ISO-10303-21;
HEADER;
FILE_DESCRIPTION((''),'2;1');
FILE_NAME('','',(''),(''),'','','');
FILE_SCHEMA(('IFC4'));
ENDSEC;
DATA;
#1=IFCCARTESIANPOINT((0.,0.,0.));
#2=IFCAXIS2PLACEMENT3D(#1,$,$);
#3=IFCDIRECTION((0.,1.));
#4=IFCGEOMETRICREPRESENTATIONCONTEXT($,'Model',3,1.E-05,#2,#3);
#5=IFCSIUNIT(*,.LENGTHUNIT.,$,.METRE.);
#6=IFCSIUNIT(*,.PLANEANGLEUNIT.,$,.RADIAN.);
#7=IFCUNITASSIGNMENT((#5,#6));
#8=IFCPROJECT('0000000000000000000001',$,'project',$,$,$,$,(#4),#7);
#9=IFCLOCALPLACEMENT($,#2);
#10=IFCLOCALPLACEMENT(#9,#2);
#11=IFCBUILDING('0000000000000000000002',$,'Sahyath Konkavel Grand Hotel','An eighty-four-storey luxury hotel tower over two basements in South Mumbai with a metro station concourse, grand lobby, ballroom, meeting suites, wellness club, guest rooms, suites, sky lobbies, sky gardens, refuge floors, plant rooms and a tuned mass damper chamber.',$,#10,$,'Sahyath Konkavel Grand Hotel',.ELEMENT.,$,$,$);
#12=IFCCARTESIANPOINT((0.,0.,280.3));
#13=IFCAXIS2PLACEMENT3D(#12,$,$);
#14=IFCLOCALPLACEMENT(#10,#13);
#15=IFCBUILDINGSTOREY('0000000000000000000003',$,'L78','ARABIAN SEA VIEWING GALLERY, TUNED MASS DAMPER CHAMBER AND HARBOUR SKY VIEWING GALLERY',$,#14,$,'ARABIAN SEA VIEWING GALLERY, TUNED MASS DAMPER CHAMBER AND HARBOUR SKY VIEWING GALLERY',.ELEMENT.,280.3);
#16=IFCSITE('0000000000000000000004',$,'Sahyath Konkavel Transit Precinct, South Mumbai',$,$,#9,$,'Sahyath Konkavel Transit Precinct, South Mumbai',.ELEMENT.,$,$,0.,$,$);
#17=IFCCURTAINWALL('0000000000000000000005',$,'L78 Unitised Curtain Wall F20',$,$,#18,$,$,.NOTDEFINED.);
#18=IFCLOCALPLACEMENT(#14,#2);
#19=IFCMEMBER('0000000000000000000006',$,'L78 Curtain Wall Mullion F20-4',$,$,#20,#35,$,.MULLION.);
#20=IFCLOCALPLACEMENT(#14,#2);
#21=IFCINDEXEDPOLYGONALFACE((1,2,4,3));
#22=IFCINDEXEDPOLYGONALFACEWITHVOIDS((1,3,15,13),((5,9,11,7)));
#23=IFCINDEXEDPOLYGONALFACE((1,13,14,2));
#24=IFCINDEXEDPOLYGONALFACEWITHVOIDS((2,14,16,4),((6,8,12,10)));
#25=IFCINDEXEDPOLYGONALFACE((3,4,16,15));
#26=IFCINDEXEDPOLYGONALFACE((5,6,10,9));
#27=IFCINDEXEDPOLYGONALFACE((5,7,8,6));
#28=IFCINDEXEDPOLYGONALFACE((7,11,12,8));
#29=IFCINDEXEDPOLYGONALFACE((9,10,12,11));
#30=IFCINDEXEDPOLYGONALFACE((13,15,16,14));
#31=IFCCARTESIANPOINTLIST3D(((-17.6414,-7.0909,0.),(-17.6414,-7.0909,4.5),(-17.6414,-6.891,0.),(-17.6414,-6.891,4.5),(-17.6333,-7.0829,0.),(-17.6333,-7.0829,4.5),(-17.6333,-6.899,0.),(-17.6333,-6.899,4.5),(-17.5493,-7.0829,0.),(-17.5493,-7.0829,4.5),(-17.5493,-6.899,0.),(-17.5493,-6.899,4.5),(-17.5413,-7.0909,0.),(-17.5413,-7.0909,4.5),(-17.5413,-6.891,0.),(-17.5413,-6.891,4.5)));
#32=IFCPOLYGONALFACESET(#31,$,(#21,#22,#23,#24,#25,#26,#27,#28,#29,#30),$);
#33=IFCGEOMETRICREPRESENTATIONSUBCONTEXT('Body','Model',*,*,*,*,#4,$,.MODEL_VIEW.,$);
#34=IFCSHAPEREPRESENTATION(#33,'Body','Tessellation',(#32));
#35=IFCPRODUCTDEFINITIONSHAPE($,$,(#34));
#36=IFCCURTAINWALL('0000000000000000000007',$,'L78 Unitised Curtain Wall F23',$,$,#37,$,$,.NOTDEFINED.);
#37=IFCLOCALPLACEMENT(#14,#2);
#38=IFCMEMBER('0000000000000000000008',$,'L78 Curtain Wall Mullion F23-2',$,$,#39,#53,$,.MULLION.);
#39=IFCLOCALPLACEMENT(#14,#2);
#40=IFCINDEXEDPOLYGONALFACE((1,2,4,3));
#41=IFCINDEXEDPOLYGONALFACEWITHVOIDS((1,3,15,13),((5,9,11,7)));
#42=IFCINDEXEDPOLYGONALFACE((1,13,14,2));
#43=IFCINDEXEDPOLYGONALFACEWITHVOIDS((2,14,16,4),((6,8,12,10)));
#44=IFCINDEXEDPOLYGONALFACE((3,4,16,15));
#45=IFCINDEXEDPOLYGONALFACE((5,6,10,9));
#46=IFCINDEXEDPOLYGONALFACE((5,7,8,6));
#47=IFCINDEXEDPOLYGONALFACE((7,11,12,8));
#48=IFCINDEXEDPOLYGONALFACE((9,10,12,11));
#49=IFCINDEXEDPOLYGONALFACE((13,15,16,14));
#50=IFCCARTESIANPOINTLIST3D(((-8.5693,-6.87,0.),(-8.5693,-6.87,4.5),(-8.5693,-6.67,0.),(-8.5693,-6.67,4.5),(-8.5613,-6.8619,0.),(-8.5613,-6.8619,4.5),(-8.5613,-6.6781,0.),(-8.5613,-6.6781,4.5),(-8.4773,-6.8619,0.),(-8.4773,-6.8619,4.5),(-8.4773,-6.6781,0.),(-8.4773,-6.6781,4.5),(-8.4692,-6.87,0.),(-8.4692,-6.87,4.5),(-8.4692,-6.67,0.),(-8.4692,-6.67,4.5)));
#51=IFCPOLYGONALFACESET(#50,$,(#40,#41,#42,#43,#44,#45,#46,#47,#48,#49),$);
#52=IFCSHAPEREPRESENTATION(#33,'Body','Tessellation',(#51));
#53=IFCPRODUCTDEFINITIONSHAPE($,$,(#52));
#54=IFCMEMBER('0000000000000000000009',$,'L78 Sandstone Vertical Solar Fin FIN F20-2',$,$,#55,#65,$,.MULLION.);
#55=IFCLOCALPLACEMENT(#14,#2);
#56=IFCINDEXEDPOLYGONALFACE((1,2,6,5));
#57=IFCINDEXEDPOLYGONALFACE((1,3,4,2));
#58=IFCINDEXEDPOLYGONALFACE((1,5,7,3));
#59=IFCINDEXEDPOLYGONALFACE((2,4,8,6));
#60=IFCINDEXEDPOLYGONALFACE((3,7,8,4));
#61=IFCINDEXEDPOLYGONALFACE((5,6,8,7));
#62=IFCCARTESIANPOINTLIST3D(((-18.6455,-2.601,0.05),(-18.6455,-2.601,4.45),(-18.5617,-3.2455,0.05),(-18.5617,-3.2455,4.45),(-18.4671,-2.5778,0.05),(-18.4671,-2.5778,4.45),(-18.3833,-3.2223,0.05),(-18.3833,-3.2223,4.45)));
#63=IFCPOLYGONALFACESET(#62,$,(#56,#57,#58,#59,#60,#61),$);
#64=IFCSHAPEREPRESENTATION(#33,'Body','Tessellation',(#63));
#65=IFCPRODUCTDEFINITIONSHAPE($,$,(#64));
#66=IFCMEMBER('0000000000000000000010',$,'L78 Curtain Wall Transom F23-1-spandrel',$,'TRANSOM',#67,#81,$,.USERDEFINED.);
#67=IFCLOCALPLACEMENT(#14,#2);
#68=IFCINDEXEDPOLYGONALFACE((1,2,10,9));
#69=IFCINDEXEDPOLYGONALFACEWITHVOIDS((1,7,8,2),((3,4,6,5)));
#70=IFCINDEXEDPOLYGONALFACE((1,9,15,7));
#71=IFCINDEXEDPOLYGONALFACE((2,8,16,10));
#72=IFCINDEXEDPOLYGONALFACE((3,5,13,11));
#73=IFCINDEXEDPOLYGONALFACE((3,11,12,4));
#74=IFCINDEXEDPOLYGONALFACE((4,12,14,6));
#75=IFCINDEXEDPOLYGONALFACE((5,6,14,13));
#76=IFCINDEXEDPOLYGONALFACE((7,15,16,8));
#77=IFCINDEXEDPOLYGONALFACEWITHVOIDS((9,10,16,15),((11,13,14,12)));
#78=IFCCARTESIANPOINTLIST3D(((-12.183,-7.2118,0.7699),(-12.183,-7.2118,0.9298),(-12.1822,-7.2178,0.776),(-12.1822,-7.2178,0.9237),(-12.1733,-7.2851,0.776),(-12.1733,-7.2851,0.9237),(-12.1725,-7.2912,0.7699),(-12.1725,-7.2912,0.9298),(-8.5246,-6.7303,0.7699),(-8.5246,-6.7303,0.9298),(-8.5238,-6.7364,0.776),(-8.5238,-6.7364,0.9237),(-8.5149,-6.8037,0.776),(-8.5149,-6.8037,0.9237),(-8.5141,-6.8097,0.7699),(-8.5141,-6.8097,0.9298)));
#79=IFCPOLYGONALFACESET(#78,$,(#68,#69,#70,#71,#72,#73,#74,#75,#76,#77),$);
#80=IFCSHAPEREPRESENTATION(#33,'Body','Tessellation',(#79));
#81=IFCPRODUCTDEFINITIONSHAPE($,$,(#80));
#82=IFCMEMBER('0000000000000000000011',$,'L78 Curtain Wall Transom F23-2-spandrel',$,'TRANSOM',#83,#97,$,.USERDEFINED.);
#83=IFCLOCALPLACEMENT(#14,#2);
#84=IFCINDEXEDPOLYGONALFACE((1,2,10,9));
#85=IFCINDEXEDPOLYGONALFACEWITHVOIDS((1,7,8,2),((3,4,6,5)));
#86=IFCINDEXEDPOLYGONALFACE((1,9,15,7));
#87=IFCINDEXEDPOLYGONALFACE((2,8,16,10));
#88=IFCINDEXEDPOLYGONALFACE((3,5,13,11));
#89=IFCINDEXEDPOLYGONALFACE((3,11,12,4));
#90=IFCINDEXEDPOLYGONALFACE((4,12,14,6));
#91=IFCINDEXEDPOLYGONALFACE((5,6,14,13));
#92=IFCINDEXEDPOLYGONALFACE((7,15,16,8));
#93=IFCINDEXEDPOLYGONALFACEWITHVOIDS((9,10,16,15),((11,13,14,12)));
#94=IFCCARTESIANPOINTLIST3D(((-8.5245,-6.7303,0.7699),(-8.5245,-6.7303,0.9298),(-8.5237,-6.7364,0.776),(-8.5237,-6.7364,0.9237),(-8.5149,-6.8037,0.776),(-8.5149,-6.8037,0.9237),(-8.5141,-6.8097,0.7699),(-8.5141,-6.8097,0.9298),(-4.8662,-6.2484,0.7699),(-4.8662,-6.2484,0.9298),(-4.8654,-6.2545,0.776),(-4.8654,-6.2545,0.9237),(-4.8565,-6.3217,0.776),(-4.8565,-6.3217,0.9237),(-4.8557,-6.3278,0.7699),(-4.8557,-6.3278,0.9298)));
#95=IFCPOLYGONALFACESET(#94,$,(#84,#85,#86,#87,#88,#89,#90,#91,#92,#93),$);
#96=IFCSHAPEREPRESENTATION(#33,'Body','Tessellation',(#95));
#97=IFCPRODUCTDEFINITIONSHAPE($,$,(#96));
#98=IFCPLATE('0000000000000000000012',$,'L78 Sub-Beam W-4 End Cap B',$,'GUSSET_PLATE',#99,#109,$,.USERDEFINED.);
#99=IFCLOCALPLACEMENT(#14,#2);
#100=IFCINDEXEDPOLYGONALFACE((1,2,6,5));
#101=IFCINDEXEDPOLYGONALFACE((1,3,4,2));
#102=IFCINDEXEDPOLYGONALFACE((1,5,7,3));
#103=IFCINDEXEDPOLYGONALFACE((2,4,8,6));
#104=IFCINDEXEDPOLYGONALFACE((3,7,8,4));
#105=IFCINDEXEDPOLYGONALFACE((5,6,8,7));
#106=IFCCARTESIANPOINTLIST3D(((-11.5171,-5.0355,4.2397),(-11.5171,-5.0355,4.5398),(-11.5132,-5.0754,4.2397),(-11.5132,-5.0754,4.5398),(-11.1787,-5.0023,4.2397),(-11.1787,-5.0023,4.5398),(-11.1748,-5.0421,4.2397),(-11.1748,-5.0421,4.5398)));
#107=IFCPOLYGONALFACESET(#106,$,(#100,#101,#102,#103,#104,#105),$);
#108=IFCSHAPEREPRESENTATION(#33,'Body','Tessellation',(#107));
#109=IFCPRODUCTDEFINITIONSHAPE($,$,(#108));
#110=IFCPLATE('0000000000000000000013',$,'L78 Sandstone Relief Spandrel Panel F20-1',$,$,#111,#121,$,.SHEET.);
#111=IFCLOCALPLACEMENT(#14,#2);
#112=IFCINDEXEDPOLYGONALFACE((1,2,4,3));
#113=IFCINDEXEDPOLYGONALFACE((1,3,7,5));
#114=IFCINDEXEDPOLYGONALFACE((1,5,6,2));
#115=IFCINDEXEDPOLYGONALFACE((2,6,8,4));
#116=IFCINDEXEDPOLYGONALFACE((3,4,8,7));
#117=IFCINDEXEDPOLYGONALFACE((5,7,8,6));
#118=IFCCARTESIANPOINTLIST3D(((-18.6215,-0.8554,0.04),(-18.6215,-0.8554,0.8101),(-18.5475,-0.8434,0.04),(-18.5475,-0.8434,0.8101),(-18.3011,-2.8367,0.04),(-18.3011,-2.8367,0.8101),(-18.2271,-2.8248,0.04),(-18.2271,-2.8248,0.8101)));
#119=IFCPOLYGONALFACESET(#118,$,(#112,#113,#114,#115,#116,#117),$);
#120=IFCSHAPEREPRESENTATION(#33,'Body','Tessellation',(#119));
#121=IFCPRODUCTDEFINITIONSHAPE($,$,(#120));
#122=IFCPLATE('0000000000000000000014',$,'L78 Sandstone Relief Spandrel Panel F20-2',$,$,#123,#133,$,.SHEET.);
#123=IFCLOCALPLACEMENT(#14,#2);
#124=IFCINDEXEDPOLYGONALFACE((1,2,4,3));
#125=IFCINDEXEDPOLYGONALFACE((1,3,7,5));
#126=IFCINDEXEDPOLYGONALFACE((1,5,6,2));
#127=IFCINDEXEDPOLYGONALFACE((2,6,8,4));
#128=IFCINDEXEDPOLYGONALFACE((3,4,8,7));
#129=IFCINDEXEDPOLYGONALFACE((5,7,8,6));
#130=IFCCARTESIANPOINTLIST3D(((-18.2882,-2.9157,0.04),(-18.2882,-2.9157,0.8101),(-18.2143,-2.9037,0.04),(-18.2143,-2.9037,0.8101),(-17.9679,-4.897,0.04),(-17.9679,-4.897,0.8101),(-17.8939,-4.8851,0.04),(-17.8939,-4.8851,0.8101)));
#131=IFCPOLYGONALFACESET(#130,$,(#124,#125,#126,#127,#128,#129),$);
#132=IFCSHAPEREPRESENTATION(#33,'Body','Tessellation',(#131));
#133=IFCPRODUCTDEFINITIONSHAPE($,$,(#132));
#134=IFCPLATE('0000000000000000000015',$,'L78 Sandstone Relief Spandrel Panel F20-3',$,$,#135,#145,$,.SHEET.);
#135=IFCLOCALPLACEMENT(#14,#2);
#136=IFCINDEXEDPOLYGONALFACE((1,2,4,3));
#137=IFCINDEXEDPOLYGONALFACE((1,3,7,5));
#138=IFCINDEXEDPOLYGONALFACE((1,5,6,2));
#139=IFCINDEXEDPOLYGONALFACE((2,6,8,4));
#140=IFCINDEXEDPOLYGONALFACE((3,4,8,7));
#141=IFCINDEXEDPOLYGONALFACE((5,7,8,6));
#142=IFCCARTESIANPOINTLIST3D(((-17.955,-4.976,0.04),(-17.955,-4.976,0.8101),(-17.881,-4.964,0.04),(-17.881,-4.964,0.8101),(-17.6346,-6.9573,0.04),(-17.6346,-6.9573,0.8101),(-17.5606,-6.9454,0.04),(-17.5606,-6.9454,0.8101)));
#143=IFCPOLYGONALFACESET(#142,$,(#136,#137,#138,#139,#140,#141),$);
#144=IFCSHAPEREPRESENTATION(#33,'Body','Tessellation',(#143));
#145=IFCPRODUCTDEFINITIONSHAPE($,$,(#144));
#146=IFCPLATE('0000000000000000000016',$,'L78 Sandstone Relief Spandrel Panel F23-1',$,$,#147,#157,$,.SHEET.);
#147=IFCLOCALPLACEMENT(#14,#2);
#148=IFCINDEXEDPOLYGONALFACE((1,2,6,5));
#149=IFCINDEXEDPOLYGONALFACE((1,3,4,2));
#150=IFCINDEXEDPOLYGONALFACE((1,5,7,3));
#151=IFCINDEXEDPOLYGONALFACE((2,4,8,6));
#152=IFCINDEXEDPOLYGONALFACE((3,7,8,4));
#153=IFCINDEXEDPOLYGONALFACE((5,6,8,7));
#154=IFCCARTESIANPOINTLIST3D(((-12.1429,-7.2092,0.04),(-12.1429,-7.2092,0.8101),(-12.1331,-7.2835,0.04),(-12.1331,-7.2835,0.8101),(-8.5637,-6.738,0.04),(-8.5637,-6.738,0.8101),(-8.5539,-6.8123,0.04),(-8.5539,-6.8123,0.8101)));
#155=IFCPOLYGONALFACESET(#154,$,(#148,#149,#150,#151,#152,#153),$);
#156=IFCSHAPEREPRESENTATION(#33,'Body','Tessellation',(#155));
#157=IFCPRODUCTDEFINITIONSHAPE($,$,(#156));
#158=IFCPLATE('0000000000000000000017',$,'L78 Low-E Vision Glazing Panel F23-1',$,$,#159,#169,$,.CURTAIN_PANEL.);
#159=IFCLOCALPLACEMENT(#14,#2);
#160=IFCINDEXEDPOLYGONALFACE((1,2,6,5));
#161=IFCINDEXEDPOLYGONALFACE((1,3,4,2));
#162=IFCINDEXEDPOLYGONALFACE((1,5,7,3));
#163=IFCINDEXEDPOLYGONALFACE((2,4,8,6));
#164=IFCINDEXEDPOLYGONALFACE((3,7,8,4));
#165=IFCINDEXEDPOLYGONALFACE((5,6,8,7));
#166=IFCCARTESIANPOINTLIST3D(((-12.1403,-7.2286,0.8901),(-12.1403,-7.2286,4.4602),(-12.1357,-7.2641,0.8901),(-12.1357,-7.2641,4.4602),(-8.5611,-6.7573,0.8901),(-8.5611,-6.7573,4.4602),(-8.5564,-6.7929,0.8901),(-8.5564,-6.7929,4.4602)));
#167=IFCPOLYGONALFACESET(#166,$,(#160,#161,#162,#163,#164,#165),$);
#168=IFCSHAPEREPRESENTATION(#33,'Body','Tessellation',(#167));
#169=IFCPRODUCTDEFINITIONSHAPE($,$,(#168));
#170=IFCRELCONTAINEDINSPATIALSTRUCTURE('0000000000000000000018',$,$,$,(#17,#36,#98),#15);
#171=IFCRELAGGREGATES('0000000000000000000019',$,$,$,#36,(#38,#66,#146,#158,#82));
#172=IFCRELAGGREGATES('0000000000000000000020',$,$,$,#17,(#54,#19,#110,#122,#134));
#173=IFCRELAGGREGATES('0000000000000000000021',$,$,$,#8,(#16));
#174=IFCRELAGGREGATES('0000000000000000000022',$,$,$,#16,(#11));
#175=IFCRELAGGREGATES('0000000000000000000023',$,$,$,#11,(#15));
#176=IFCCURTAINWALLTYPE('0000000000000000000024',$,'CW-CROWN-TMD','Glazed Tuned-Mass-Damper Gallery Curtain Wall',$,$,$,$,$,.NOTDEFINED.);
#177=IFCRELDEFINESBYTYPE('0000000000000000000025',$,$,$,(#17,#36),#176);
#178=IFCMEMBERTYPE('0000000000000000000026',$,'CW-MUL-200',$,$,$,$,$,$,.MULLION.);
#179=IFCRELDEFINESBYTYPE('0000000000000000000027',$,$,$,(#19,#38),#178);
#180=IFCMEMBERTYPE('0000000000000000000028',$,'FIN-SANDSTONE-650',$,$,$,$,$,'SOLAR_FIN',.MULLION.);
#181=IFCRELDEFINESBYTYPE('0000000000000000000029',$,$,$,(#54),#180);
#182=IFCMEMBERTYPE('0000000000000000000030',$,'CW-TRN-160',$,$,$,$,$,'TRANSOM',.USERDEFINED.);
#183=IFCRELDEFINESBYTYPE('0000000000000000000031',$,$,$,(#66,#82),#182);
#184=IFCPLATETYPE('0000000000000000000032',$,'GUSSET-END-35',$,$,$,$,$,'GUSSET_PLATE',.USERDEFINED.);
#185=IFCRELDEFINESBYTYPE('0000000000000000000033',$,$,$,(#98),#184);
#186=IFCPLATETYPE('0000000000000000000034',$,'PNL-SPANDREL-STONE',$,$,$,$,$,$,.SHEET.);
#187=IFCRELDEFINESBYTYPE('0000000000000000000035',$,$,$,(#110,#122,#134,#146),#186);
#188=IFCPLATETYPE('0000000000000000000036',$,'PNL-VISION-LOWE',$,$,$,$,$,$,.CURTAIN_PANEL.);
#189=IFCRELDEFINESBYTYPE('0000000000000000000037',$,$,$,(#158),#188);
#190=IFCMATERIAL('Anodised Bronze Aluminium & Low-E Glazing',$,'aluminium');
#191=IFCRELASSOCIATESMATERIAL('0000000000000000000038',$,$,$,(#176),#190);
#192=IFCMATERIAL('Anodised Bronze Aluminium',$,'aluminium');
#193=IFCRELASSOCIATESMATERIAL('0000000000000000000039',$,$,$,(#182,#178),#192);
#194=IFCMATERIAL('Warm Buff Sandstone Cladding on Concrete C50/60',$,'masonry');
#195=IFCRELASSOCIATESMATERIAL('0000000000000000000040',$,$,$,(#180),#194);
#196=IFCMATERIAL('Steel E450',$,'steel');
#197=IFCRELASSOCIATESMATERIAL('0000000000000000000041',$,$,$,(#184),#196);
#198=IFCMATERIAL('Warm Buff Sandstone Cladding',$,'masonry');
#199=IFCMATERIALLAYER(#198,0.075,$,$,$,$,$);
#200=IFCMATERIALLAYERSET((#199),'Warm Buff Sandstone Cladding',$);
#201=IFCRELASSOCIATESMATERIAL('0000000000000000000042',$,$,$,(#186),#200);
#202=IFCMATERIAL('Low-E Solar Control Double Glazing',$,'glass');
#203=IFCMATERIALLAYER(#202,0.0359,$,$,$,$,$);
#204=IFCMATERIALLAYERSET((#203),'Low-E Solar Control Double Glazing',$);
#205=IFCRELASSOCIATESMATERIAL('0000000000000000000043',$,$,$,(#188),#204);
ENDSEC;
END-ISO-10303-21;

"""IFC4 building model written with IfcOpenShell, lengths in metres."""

from ifc_helpers import new_model, si_unit, direction, frame, origin, origin_2d, place, context, subcontext, project, spatial, rectangle, hollow_rectangle, extrude, source, transform, mapped, material, layer, layer_set, material_profile, profile_set, type_object, element, aggregate, save


model = new_model("IFC4")

# Units and contexts
model_context = context("Model", 3, precision=1e-05, world=origin(), true_north=direction((0.0, 1.0)))
body_context = subcontext(model_context, "Body", "Model", "MODEL_VIEW")
ifc_project = project(units=[si_unit("LENGTHUNIT", "METRE"), si_unit("PLANEANGLEUNIT", "RADIAN")], contexts=[model_context])

# Site, building, storey
site_placement = place(None, origin())
site = spatial("IfcSite", under=ifc_project, at=site_placement, Name="Sahyath Konkavel Transit Precinct, South Mumbai", LongName="Sahyath Konkavel Transit Precinct, South Mumbai", CompositionType="ELEMENT", RefElevation=0.0)
building_placement = place(site_placement, origin())
building = spatial("IfcBuilding", under=site, at=building_placement, Name="Sahyath Konkavel Grand Hotel", Description="An eighty-four-storey luxury hotel tower over two basements in South Mumbai with a metro station concourse, grand lobby, ballroom, meeting suites, wellness club, guest rooms, suites, sky lobbies, sky gardens, refuge floors, plant rooms and a tuned mass damper chamber.", LongName="Sahyath Konkavel Grand Hotel", CompositionType="ELEMENT")
storey_placement = place(building_placement, frame((0.0, 0.0, 280.3)))
storey = spatial("IfcBuildingStorey", under=building, at=storey_placement, Name="L78", Description="ARABIAN SEA VIEWING GALLERY, TUNED MASS DAMPER CHAMBER AND HARBOUR SKY VIEWING GALLERY", LongName="ARABIAN SEA VIEWING GALLERY, TUNED MASS DAMPER CHAMBER AND HARBOUR SKY VIEWING GALLERY", CompositionType="ELEMENT", Elevation=280.3)

# Curtain wall, member
ifc_material_1 = material(Name="Anodised Bronze Aluminium & Low-E Glazing", Category="aluminium")
curtain_wall_type = type_object("IfcCurtainWallType", Name="CW-CROWN-TMD", Description="Glazed Tuned-Mass-Damper Gallery Curtain Wall", PredefinedType="NOTDEFINED", material=ifc_material_1)
curtain_wall_1_placement = place(storey_placement, origin())
curtain_wall_1 = element("IfcCurtainWall", 1, at=curtain_wall_1_placement, inside=storey, type_object=curtain_wall_type, Name="L78 Unitised Curtain Wall F20", PredefinedType="NOTDEFINED")
ifc_material_2 = material(Name="Anodised Bronze Aluminium", Category="aluminium")
ifc_material_profile_1 = material_profile(ifc_material_2, hollow_rectangle(XDim=0.0801, YDim=0.1599, WallThickness=0.0061, at=origin_2d()), Name="RHS 160x80x6")
ifc_profile_set_1 = profile_set([ifc_material_profile_1], Name="Anodised Bronze Aluminium")
member_type_1 = type_object("IfcMemberType", Name="CW-TRN-160", ElementType="TRANSOM", PredefinedType="USERDEFINED", material=ifc_profile_set_1)
ifc_material_profile_2 = material_profile(ifc_material_2, hollow_rectangle(XDim=0.1001, YDim=0.2, WallThickness=0.0081, at=origin_2d()), Name="RHS 200x100x8")
ifc_profile_set_2 = profile_set([ifc_material_profile_2], Name="Anodised Bronze Aluminium")
member_type_2 = type_object("IfcMemberType", Name="CW-MUL-200", PredefinedType="MULLION", material=ifc_profile_set_2)
shared_shape_1 = source(origin(), body_context, "Body", "SweptSolid", [
    extrude(hollow_rectangle(XDim=0.1001, YDim=0.2, WallThickness=0.0081, at=origin_2d()), origin(), (0.0, 0.0, 1.0), 4.5),
])
member_1_placement = place(storey_placement, frame((-17.5913, -6.991, 0.0), z_axis=(0.0, 0.0, 1.0), x_axis=(1.0, 0.0, 0.0)))
member_1 = element("IfcMember", 2, at=member_1_placement, type_object=member_type_2, Name="L78 Curtain Wall Mullion F20-4", PredefinedType="MULLION", context=body_context, shape_type="MappedRepresentation", body=[
    mapped(shared_shape_1, transform((0.0, 0.0, 0.0), scale=1.0)),
])

# Curtain wall, member
curtain_wall_2_placement = place(storey_placement, origin())
curtain_wall_2 = element("IfcCurtainWall", 3, at=curtain_wall_2_placement, inside=storey, type_object=curtain_wall_type, Name="L78 Unitised Curtain Wall F23", PredefinedType="NOTDEFINED")
member_2_placement = place(storey_placement, frame((-8.5193, -6.77, 0.0), z_axis=(0.0, 0.0, 1.0), x_axis=(1.0, 0.0, 0.0)))
member_2 = element("IfcMember", 4, at=member_2_placement, type_object=member_type_2, Name="L78 Curtain Wall Mullion F23-2", PredefinedType="MULLION", context=body_context, shape_type="MappedRepresentation", body=[
    mapped(shared_shape_1, transform((0.0, 0.0, 0.0), scale=1.0)),
])

# Members
ifc_material_3 = material(Name="Warm Buff Sandstone Cladding on Concrete C50/60", Category="masonry")
ifc_material_profile_3 = material_profile(ifc_material_3, rectangle(XDim=0.1799, YDim=0.6499, at=origin_2d()), Name="FIN 180x650")
ifc_profile_set_3 = profile_set([ifc_material_profile_3], Name="Warm Buff Sandstone Cladding on Concrete C50/60")
member_type_3 = type_object("IfcMemberType", Name="FIN-SANDSTONE-650", ElementType="SOLAR_FIN", PredefinedType="MULLION", material=ifc_profile_set_3)
shared_shape_2 = source(origin(), body_context, "Body", "SweptSolid", [
    extrude(rectangle(XDim=0.1799, YDim=0.6499, at=origin_2d()), origin(), (0.0, 0.0, 1.0), 4.3999),
])
member_3_placement = place(storey_placement, frame((-18.5144, -2.9116, 0.05), z_axis=(0.0, 0.0, 1.0), x_axis=(0.991649, 0.128969, 0.0)))
member_3 = element("IfcMember", 5, at=member_3_placement, type_object=member_type_3, Name="L78 Sandstone Vertical Solar Fin FIN F20-2", PredefinedType="MULLION", context=body_context, shape_type="MappedRepresentation", body=[
    mapped(shared_shape_2, transform((0.0, 0.0, 0.0), scale=1.0)),
])
shared_shape_3 = source(origin(), body_context, "Body", "SweptSolid", [
    extrude(hollow_rectangle(XDim=0.0801, YDim=0.1599, WallThickness=0.0061, at=origin_2d()), origin(), (0.0, 0.0, 1.0), 3.6899),
])
member_4_placement = place(storey_placement, frame((-12.1777, -7.2515, 0.8499), z_axis=(0.991452, 0.130473, 0.0), x_axis=(-0.130473, 0.991452, 0.0)))
member_4 = element("IfcMember", 6, at=member_4_placement, type_object=member_type_1, Name="L78 Curtain Wall Transom F23-1-spandrel", ObjectType="TRANSOM", PredefinedType="USERDEFINED", context=body_context, shape_type="MappedRepresentation", body=[
    mapped(shared_shape_3, transform((0.0, 0.0, 0.0), scale=1.0)),
])
member_5_placement = place(storey_placement, frame((-8.5193, -6.77, 0.8499), z_axis=(0.991435, 0.130603, 0.0), x_axis=(-0.130603, 0.991435, 0.0)))
member_5 = element("IfcMember", 7, at=member_5_placement, type_object=member_type_1, Name="L78 Curtain Wall Transom F23-2-spandrel", ObjectType="TRANSOM", PredefinedType="USERDEFINED", context=body_context, shape_type="MappedRepresentation", body=[
    mapped(shared_shape_3, transform((0.0, 0.0, 0.0), scale=1.0)),
])

# Plates
ifc_material_4 = material(Name="Steel E450", Category="steel")
plate_type_1 = type_object("IfcPlateType", Name="GUSSET-END-35", ElementType="GUSSET_PLATE", PredefinedType="USERDEFINED", material=ifc_material_4)
shared_shape_4 = source(origin(), body_context, "Body", "SweptSolid", [
    extrude(rectangle(XDim=0.04, YDim=0.3401, at=origin_2d()), origin(), (0.0, 0.0, 1.0), 0.3),
])
plate_1_placement = place(storey_placement, frame((-11.3459, -5.0388, 4.2397), z_axis=(0.0, 0.0, 1.0), x_axis=(0.097791, -0.995207, 0.0)))
element("IfcPlate", 8, at=plate_1_placement, inside=storey, type_object=plate_type_1, Name="L78 Sub-Beam W-4 End Cap B", ObjectType="GUSSET_PLATE", PredefinedType="USERDEFINED", context=body_context, shape_type="MappedRepresentation", body=[
    mapped(shared_shape_4, transform((0.0, 0.0, 0.0), scale=1.0)),
])
ifc_material_5 = material(Name="Warm Buff Sandstone Cladding", Category="masonry")
ifc_layer_1 = layer(ifc_material_5, 0.075)
ifc_layer_set_1 = layer_set([ifc_layer_1], Name="Warm Buff Sandstone Cladding")
plate_type_2 = type_object("IfcPlateType", Name="PNL-SPANDREL-STONE", PredefinedType="SHEET", material=ifc_layer_set_1)
shared_shape_5 = source(origin(), body_context, "Body", "SweptSolid", [
    extrude(rectangle(XDim=2.0071, YDim=0.075, at=origin_2d()), origin(), (0.0, 0.0, 1.0), 0.77),
])
plate_2_placement = place(storey_placement, frame((-18.4243, -1.8401, 0.04), z_axis=(0.0, 0.0, 1.0), x_axis=(0.159623, -0.987178, 0.0)))
plate_2 = element("IfcPlate", 9, at=plate_2_placement, type_object=plate_type_2, Name="L78 Sandstone Relief Spandrel Panel F20-1", PredefinedType="SHEET", context=body_context, shape_type="MappedRepresentation", body=[
    mapped(shared_shape_5, transform((0.0, 0.0, 0.0), scale=1.0)),
])
plate_3_placement = place(storey_placement, frame((-18.0911, -3.9004, 0.04), z_axis=(0.0, 0.0, 1.0), x_axis=(0.159623, -0.987178, 0.0)))
plate_3 = element("IfcPlate", 10, at=plate_3_placement, type_object=plate_type_2, Name="L78 Sandstone Relief Spandrel Panel F20-2", PredefinedType="SHEET", context=body_context, shape_type="MappedRepresentation", body=[
    mapped(shared_shape_5, transform((0.0, 0.0, 0.0), scale=1.0)),
])
plate_4_placement = place(storey_placement, frame((-17.7578, -5.9607, 0.04), z_axis=(0.0, 0.0, 1.0), x_axis=(0.159623, -0.987178, 0.0)))
plate_4 = element("IfcPlate", 11, at=plate_4_placement, type_object=plate_type_2, Name="L78 Sandstone Relief Spandrel Panel F20-3", PredefinedType="SHEET", context=body_context, shape_type="MappedRepresentation", body=[
    mapped(shared_shape_5, transform((0.0, 0.0, 0.0), scale=1.0)),
])
shared_shape_6 = source(origin(), body_context, "Body", "SweptSolid", [
    extrude(rectangle(XDim=3.6101, YDim=0.075, at=origin_2d()), origin(), (0.0, 0.0, 1.0), 0.77),
])
plate_5_placement = place(storey_placement, frame((-10.3484, -7.0107, 0.04), z_axis=(0.0, 0.0, 1.0), x_axis=(0.991445, 0.130526, 0.0)))
plate_5 = element("IfcPlate", 12, at=plate_5_placement, type_object=plate_type_2, Name="L78 Sandstone Relief Spandrel Panel F23-1", PredefinedType="SHEET", context=body_context, shape_type="MappedRepresentation", body=[
    mapped(shared_shape_6, transform((0.0, 0.0, 0.0), scale=1.0)),
])
ifc_material_6 = material(Name="Low-E Solar Control Double Glazing", Category="glass")
ifc_layer_2 = layer(ifc_material_6, 0.0359)
ifc_layer_set_2 = layer_set([ifc_layer_2], Name="Low-E Solar Control Double Glazing")
plate_type_3 = type_object("IfcPlateType", Name="PNL-VISION-LOWE", PredefinedType="CURTAIN_PANEL", material=ifc_layer_set_2)
shared_shape_7 = source(origin(), body_context, "Body", "SweptSolid", [
    extrude(rectangle(XDim=3.6101, YDim=0.0359, at=origin_2d()), origin(), (0.0, 0.0, 1.0), 3.5701),
])
plate_6_placement = place(storey_placement, frame((-10.3484, -7.0107, 0.8901), z_axis=(0.0, 0.0, 1.0), x_axis=(0.991445, 0.130526, 0.0)))
plate_6 = element("IfcPlate", 13, at=plate_6_placement, type_object=plate_type_3, Name="L78 Low-E Vision Glazing Panel F23-1", PredefinedType="CURTAIN_PANEL", context=body_context, shape_type="MappedRepresentation", body=[
    mapped(shared_shape_7, transform((0.0, 0.0, 0.0), scale=1.0)),
])
aggregate(curtain_wall_2, [member_2, member_4, plate_5, plate_6, member_5])
aggregate(curtain_wall_1, [member_3, member_1, plate_2, plate_3, plate_4])

save(model, "model.ifc")
